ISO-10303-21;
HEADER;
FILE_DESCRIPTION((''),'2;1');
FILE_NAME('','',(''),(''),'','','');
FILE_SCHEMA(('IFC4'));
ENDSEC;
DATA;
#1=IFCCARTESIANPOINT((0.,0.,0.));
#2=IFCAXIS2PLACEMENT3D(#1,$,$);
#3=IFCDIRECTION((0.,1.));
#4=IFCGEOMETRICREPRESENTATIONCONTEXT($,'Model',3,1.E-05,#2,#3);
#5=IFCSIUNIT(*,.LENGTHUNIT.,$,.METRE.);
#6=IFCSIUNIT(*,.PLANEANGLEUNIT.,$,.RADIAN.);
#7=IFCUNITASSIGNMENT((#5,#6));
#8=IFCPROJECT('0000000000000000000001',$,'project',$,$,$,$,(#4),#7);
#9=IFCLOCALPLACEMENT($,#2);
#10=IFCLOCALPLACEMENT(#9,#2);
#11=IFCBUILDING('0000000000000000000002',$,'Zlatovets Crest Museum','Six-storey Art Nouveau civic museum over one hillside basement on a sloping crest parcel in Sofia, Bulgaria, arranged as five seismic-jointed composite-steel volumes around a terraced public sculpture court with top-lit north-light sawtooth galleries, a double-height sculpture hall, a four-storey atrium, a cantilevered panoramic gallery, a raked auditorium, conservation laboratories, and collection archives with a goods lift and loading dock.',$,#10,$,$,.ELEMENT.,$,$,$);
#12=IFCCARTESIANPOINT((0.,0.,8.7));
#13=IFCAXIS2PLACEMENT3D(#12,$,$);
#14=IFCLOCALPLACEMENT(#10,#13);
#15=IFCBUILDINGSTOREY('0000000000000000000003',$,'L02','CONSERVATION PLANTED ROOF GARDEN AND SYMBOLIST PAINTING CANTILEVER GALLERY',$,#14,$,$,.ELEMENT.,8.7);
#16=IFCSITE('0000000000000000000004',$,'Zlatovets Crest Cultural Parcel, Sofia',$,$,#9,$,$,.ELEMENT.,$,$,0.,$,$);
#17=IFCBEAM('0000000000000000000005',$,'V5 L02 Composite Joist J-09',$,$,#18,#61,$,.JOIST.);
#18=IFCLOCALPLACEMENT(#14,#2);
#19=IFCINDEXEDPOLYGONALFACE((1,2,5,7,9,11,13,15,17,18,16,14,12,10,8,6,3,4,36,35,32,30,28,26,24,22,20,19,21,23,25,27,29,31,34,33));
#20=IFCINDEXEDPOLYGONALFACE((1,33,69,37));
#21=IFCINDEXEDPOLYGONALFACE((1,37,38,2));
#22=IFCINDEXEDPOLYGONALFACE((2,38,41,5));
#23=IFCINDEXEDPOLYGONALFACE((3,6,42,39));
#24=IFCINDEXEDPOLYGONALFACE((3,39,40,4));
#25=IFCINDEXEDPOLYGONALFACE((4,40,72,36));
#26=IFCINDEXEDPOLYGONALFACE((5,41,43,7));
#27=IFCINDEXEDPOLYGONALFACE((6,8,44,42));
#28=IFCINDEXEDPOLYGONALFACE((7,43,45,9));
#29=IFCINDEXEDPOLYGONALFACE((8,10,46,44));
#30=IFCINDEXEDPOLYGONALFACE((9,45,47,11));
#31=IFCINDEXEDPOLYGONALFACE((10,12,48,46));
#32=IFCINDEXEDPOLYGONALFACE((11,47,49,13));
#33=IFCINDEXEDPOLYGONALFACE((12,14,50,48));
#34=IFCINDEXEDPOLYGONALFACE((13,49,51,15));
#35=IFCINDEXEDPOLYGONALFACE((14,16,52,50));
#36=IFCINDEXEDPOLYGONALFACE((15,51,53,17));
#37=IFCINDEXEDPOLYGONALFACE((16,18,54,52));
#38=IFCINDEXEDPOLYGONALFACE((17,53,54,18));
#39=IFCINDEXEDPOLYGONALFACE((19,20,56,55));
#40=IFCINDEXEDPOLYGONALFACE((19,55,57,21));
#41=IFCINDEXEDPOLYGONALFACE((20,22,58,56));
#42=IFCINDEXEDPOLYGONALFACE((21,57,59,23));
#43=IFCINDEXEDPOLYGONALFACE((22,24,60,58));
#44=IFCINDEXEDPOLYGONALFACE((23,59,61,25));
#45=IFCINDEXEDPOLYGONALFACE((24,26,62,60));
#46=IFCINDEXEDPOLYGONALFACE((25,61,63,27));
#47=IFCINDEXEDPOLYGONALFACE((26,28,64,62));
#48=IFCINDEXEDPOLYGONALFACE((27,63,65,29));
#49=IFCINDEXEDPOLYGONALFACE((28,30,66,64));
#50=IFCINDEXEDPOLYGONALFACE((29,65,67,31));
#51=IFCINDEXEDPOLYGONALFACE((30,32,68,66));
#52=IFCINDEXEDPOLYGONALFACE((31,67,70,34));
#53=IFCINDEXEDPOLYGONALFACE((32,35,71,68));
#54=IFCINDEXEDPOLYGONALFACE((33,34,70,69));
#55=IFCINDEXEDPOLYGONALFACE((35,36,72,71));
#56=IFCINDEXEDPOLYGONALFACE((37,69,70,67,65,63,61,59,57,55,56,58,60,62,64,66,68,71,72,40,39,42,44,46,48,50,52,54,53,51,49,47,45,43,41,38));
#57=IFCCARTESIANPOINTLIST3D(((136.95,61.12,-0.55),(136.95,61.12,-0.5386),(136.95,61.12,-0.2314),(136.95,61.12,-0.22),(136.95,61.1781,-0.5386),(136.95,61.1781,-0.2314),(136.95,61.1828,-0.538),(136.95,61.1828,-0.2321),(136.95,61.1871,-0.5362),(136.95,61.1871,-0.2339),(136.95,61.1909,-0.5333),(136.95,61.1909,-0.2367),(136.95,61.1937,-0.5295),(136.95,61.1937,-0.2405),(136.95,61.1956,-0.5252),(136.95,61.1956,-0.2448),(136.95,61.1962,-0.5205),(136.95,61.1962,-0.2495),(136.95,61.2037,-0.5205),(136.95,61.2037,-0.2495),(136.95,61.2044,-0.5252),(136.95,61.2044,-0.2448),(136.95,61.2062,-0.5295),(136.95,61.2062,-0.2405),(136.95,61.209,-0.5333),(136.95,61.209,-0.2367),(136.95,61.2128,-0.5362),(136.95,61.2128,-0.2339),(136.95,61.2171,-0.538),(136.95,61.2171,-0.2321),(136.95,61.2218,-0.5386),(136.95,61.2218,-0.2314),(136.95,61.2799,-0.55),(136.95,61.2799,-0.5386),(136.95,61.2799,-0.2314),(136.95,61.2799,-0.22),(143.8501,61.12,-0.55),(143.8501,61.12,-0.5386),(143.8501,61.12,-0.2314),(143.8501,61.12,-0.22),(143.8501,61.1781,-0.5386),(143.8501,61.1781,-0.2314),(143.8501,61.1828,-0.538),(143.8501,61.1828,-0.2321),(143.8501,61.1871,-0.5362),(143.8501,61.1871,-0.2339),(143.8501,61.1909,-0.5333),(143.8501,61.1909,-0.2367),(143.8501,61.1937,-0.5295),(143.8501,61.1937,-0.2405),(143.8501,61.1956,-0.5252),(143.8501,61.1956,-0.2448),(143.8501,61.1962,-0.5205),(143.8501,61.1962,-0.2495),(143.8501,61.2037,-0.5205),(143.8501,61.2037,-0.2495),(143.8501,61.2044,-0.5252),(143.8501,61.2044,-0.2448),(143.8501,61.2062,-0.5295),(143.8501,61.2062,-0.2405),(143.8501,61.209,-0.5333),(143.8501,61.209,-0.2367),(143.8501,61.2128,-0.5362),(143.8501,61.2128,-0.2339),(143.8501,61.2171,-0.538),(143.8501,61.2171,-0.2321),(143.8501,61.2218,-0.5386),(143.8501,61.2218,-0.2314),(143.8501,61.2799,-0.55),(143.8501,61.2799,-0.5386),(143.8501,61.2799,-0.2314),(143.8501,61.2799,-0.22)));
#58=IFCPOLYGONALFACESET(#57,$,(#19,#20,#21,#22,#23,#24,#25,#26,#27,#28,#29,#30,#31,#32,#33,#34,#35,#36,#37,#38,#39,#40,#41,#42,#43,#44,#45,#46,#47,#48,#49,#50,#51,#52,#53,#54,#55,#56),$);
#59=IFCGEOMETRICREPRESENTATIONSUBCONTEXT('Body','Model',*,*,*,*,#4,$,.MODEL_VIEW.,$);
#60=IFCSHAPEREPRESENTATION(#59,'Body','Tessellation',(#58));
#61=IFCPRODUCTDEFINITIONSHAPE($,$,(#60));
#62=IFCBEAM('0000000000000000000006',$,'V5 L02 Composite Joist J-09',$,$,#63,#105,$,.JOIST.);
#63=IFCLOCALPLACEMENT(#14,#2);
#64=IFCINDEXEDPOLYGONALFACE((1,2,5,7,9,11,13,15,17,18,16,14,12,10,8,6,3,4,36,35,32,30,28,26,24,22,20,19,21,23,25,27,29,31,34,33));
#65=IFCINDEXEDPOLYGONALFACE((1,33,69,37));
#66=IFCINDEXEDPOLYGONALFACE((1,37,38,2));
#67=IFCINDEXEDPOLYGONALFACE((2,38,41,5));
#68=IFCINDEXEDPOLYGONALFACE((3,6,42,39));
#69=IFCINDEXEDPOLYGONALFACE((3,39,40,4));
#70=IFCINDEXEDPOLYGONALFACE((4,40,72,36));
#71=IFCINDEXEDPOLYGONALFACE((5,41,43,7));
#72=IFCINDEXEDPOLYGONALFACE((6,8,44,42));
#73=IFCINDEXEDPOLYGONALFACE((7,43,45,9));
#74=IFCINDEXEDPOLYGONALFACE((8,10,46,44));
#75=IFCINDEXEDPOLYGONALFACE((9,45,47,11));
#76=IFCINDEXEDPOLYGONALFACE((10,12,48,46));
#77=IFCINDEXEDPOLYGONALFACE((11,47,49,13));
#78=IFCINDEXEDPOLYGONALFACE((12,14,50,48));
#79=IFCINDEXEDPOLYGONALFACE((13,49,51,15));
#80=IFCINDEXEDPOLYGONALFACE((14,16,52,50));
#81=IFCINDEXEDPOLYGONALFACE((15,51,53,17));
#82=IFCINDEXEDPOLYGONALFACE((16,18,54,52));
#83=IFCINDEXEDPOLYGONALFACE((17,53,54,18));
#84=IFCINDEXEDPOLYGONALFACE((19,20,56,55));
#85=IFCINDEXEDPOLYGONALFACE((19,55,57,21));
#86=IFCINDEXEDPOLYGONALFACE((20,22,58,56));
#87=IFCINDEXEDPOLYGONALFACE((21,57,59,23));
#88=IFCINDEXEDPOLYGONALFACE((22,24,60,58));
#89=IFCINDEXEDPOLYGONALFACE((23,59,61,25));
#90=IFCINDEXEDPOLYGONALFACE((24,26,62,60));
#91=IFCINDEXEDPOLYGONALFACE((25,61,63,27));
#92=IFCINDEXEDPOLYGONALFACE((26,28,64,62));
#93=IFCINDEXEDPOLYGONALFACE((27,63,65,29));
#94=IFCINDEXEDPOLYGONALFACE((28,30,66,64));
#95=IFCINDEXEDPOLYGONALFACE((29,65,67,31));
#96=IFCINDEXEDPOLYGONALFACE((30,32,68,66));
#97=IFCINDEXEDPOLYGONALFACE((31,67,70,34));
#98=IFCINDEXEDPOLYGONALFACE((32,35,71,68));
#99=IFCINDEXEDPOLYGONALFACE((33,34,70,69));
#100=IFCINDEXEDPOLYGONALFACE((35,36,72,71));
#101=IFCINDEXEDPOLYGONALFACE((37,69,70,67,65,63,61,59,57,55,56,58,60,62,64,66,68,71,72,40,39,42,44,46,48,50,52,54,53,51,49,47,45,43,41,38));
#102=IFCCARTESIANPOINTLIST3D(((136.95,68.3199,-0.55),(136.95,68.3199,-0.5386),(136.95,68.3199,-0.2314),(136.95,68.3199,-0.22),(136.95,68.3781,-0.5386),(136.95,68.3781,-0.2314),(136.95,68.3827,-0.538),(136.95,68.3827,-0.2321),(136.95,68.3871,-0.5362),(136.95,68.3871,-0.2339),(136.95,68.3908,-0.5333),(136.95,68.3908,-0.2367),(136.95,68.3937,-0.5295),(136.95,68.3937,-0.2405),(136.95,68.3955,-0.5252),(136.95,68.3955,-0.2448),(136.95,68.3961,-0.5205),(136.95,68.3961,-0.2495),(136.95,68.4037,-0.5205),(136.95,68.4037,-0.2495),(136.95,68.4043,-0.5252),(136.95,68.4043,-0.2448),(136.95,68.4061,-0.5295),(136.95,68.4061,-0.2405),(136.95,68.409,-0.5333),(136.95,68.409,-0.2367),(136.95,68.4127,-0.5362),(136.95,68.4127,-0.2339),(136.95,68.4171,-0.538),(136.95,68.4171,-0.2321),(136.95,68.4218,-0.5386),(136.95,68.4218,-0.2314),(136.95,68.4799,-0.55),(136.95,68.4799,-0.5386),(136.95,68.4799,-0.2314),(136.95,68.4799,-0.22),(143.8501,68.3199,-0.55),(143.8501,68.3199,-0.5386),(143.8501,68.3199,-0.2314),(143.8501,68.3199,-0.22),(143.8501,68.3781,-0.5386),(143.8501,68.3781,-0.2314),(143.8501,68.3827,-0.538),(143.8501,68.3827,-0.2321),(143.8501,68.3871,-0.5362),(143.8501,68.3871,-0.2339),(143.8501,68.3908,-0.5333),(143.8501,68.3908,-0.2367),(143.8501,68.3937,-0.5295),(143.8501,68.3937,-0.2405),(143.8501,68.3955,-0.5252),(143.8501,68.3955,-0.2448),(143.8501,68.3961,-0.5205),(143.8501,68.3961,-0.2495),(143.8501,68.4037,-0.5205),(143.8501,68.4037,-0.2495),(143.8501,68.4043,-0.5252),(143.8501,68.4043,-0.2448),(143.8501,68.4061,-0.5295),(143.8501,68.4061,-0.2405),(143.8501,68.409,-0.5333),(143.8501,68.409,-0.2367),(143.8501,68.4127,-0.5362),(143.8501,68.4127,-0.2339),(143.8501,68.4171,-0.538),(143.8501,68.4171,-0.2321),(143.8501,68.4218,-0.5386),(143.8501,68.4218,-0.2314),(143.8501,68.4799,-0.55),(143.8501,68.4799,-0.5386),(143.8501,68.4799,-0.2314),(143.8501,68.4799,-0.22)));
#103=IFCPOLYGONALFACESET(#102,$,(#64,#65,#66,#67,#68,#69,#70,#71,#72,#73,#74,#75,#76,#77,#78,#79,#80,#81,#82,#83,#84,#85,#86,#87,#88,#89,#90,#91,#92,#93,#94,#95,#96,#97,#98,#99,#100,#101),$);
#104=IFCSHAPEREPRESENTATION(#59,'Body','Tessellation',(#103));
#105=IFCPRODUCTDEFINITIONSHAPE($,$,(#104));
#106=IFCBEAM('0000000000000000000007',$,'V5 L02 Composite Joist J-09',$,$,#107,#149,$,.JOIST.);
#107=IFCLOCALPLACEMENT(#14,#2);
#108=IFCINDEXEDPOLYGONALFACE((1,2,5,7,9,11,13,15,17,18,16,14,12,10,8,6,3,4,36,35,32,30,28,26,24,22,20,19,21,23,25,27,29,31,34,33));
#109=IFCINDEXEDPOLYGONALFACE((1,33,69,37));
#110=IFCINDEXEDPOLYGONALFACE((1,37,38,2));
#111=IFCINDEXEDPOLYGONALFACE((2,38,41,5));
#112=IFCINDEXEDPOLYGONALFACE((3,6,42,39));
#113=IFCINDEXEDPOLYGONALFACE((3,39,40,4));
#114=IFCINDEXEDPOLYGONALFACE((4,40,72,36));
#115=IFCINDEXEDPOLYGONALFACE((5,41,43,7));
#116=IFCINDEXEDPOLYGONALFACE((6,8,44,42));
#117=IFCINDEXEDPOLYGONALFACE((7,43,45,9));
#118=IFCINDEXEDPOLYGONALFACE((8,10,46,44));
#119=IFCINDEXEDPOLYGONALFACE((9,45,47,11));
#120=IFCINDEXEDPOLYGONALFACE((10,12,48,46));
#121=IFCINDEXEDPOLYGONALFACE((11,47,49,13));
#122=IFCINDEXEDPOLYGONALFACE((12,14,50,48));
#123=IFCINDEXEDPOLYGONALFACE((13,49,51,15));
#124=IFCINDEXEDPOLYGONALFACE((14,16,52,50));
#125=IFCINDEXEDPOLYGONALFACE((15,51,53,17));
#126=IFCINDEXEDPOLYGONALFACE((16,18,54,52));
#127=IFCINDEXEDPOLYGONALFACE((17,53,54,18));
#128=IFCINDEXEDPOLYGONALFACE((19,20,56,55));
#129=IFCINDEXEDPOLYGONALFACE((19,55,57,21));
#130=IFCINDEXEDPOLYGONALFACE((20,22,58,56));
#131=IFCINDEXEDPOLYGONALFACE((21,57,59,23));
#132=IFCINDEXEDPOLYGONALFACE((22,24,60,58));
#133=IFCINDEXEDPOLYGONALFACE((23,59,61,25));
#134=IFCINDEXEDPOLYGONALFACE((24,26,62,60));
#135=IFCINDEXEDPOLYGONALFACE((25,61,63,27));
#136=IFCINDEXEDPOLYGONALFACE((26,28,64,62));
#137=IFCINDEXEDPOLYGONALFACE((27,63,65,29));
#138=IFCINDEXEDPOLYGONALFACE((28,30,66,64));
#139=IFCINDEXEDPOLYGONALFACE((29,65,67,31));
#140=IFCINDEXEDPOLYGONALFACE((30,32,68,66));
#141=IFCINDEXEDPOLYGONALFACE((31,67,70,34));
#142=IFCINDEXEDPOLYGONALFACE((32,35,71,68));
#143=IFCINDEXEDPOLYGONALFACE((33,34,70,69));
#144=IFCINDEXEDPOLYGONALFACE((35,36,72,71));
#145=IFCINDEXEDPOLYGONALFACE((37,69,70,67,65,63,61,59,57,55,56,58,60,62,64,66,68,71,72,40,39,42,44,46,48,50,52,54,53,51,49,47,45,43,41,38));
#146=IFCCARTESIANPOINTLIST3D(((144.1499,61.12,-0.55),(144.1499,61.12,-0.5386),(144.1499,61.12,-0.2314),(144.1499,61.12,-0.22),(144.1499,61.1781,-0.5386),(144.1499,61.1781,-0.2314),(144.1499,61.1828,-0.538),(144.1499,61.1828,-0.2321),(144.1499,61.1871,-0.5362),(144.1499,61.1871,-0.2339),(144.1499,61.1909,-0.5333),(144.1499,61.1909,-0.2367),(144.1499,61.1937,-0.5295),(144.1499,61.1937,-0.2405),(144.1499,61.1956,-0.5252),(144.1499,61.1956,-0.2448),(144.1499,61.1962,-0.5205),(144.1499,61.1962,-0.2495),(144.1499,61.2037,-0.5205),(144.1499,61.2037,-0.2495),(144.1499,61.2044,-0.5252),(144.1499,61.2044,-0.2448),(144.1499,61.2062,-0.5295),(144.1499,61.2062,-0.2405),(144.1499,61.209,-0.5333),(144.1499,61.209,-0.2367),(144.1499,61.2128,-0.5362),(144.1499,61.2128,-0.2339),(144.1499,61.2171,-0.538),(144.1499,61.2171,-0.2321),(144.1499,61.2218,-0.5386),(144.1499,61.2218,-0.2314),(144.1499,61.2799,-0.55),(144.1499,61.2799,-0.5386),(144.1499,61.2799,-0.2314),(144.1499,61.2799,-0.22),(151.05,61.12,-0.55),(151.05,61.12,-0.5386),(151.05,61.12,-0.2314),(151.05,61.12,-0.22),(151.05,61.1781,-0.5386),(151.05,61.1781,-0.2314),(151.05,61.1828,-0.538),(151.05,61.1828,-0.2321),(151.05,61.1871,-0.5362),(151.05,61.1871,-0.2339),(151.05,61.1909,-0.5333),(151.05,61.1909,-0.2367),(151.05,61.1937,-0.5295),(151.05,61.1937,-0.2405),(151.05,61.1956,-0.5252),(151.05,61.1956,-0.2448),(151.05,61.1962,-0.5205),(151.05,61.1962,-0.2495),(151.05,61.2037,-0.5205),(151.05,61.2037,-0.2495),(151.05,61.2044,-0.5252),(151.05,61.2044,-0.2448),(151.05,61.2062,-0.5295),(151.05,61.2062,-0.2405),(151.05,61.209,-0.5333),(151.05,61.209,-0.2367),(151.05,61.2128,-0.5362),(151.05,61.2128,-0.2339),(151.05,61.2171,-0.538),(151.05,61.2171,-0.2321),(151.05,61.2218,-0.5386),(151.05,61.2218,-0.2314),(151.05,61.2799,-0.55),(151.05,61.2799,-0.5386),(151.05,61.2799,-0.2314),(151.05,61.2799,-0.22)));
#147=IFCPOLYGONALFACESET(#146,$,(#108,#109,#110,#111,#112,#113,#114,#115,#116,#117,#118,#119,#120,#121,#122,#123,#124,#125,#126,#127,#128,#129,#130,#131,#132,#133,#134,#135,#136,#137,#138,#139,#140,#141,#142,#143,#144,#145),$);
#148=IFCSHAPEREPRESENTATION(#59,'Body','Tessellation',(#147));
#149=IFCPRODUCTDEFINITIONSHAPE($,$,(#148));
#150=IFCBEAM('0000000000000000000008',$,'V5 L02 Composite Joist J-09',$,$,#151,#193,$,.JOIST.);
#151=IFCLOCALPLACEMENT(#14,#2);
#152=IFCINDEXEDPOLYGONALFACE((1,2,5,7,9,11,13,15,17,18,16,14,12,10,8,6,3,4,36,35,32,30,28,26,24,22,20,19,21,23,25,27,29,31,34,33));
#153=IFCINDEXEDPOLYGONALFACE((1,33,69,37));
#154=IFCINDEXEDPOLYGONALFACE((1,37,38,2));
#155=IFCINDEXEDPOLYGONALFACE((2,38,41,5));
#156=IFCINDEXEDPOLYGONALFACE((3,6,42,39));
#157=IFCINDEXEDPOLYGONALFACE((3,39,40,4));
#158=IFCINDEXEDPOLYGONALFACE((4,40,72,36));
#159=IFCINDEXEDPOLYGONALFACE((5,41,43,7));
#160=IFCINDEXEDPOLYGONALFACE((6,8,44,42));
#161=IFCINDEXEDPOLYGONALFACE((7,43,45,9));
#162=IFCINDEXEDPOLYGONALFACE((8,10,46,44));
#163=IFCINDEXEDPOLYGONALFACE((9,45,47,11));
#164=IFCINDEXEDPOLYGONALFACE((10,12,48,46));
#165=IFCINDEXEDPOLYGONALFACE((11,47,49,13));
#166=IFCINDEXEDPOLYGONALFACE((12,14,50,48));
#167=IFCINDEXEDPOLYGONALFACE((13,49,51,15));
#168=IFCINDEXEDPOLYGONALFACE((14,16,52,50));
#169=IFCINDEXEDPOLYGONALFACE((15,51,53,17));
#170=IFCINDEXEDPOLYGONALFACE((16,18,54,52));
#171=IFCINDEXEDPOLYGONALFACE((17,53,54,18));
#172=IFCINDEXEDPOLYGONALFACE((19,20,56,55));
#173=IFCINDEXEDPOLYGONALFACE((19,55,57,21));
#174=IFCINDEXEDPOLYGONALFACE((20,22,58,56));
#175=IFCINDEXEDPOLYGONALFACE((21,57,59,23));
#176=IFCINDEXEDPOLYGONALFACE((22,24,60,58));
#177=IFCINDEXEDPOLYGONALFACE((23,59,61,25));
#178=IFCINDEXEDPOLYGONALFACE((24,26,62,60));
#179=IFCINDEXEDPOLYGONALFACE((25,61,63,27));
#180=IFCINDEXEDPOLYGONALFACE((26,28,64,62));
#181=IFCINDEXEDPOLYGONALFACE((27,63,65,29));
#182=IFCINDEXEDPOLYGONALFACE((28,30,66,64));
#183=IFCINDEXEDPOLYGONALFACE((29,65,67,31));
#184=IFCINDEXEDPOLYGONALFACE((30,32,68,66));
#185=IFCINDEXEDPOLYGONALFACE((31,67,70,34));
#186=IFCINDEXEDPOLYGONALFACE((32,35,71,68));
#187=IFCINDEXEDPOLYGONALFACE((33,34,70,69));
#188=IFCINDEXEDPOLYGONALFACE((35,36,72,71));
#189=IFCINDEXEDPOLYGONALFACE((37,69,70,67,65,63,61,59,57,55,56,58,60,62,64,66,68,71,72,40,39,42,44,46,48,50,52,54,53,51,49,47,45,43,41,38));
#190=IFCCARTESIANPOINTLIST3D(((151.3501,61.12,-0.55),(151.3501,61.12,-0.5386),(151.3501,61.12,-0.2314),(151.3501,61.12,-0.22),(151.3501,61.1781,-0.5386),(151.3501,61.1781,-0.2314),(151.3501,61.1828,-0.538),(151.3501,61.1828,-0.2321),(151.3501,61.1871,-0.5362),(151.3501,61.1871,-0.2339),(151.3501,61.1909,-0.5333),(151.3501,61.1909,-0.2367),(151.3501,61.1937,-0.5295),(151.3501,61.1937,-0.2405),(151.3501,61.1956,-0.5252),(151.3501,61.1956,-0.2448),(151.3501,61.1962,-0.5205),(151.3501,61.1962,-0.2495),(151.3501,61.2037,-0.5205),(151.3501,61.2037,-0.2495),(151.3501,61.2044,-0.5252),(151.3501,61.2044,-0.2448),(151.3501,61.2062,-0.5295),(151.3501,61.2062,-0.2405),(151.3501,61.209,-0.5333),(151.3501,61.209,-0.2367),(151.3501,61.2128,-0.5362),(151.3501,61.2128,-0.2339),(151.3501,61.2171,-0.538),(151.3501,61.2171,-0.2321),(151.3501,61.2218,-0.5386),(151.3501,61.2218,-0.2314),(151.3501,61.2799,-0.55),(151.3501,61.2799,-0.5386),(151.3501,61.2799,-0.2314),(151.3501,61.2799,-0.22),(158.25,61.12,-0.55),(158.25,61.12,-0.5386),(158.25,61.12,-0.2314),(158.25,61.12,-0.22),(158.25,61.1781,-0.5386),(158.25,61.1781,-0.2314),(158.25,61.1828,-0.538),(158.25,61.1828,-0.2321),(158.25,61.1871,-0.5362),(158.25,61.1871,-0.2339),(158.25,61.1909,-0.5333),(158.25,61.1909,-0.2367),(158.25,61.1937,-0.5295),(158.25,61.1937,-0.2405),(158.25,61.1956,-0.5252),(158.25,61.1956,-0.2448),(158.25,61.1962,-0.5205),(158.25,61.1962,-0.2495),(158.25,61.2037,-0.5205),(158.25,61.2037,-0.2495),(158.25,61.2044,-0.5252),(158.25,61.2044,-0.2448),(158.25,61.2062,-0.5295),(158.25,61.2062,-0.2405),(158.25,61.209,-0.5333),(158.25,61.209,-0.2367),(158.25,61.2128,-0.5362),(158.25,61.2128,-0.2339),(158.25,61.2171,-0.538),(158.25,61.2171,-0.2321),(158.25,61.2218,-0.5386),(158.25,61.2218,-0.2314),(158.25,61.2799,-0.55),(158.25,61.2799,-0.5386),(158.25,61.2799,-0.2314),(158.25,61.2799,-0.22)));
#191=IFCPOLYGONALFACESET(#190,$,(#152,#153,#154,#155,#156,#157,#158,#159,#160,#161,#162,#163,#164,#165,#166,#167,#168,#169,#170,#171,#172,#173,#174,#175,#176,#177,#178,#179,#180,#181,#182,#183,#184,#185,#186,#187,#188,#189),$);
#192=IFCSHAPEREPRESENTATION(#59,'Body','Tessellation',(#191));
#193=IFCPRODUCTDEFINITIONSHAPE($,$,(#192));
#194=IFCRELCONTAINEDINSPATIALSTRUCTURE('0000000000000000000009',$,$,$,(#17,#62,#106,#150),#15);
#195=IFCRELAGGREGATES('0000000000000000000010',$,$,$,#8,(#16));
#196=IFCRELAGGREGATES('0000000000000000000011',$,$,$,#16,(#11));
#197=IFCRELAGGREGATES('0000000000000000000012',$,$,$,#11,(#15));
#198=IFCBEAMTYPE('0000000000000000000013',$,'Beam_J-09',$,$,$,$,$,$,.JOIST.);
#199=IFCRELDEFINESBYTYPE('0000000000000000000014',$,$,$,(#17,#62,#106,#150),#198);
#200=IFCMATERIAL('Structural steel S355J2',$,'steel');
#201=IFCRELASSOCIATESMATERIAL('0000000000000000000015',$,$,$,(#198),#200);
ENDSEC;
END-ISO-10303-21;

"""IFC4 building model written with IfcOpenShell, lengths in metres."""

from ifc_helpers import new_model, si_unit, direction, frame, origin, origin_2d, place, context, subcontext, project, spatial, i_section, extrude, material, material_profile, profile_set, type_object, element, save


model = new_model("IFC4")

# Units and contexts
model_context = context("Model", 3, precision=1e-05, world=origin(), true_north=direction((0.0, 1.0)))
body_context = subcontext(model_context, "Body", "Model", "MODEL_VIEW")
ifc_project = project(units=[si_unit("LENGTHUNIT", "METRE"), si_unit("PLANEANGLEUNIT", "RADIAN")], contexts=[model_context])

# Site, building, storey
site_placement = place(None, origin())
site = spatial("IfcSite", under=ifc_project, at=site_placement, Name="Zlatovets Crest Cultural Parcel, Sofia", CompositionType="ELEMENT", RefElevation=0.0)
building_placement = place(site_placement, origin())
building = spatial("IfcBuilding", under=site, at=building_placement, Name="Zlatovets Crest Museum", Description="Six-storey Art Nouveau civic museum over one hillside basement on a sloping crest parcel in Sofia, Bulgaria, arranged as five seismic-jointed composite-steel volumes around a terraced public sculpture court with top-lit north-light sawtooth galleries, a double-height sculpture hall, a four-storey atrium, a cantilevered panoramic gallery, a raked auditorium, conservation laboratories, and collection archives with a goods lift and loading dock.", CompositionType="ELEMENT")
storey_placement = place(building_placement, frame((0.0, 0.0, 8.7)))
storey = spatial("IfcBuildingStorey", under=building, at=storey_placement, Name="L02", Description="CONSERVATION PLANTED ROOF GARDEN AND SYMBOLIST PAINTING CANTILEVER GALLERY", CompositionType="ELEMENT", Elevation=8.7)

# Beams
ifc_material_1 = material(Name="Structural steel S355J2", Category="steel")
ifc_material_profile_1 = material_profile(ifc_material_1, i_section(OverallWidth=0.1599, OverallDepth=0.3301, WebThickness=0.0076, FlangeThickness=0.0115, FilletRadius=0.0181, at=origin_2d()), Name="IPE 330")
ifc_profile_set_1 = profile_set([ifc_material_profile_1], Name="Structural steel S355J2")
beam_type_1 = type_object("IfcBeamType", Name="Beam_J-09", PredefinedType="JOIST", material=ifc_profile_set_1)
for number, where, z_axis, x_axis, name in (
    (1, (136.95, 61.2, -0.385), (1.0, 0.0, 0.0), (0.0, 1.0, 0.0), "V5 L02 Composite Joist J-09"),
    (2, (136.95, 68.3999, -0.385), (1.0, 0.0, 0.0), (0.0, 1.0, 0.0), "V5 L02 Composite Joist J-09"),
    (3, (144.1499, 61.2, -0.385), (1.0, 0.0, 0.0), (0.0, 1.0, 0.0), "V5 L02 Composite Joist J-09"),
):
    element("IfcBeam", number, at=place(storey_placement, frame(where, z_axis=z_axis, x_axis=x_axis)), inside=storey, type_object=beam_type_1, Name=name, PredefinedType="JOIST", context=body_context, shape_type="SweptSolid", body=[
        extrude(i_section(OverallWidth=0.1599, OverallDepth=0.3301, WebThickness=0.0076, FlangeThickness=0.0115, FilletRadius=0.0181, at=origin_2d()), origin(), (0.0, 0.0, 1.0), 6.9001),
    ])
beam_placement = place(storey_placement, frame((151.3501, 61.2, -0.385), z_axis=(1.0, 0.0, 0.0), x_axis=(0.0, 1.0, 0.0)))
element("IfcBeam", 4, at=beam_placement, inside=storey, type_object=beam_type_1, Name="V5 L02 Composite Joist J-09", PredefinedType="JOIST", context=body_context, shape_type="SweptSolid", body=[
    extrude(i_section(OverallWidth=0.1599, OverallDepth=0.3301, WebThickness=0.0076, FlangeThickness=0.0115, FilletRadius=0.0181, at=origin_2d()), origin(), (0.0, 0.0, 1.0), 6.8999),
])

save(model, "model.ifc")
